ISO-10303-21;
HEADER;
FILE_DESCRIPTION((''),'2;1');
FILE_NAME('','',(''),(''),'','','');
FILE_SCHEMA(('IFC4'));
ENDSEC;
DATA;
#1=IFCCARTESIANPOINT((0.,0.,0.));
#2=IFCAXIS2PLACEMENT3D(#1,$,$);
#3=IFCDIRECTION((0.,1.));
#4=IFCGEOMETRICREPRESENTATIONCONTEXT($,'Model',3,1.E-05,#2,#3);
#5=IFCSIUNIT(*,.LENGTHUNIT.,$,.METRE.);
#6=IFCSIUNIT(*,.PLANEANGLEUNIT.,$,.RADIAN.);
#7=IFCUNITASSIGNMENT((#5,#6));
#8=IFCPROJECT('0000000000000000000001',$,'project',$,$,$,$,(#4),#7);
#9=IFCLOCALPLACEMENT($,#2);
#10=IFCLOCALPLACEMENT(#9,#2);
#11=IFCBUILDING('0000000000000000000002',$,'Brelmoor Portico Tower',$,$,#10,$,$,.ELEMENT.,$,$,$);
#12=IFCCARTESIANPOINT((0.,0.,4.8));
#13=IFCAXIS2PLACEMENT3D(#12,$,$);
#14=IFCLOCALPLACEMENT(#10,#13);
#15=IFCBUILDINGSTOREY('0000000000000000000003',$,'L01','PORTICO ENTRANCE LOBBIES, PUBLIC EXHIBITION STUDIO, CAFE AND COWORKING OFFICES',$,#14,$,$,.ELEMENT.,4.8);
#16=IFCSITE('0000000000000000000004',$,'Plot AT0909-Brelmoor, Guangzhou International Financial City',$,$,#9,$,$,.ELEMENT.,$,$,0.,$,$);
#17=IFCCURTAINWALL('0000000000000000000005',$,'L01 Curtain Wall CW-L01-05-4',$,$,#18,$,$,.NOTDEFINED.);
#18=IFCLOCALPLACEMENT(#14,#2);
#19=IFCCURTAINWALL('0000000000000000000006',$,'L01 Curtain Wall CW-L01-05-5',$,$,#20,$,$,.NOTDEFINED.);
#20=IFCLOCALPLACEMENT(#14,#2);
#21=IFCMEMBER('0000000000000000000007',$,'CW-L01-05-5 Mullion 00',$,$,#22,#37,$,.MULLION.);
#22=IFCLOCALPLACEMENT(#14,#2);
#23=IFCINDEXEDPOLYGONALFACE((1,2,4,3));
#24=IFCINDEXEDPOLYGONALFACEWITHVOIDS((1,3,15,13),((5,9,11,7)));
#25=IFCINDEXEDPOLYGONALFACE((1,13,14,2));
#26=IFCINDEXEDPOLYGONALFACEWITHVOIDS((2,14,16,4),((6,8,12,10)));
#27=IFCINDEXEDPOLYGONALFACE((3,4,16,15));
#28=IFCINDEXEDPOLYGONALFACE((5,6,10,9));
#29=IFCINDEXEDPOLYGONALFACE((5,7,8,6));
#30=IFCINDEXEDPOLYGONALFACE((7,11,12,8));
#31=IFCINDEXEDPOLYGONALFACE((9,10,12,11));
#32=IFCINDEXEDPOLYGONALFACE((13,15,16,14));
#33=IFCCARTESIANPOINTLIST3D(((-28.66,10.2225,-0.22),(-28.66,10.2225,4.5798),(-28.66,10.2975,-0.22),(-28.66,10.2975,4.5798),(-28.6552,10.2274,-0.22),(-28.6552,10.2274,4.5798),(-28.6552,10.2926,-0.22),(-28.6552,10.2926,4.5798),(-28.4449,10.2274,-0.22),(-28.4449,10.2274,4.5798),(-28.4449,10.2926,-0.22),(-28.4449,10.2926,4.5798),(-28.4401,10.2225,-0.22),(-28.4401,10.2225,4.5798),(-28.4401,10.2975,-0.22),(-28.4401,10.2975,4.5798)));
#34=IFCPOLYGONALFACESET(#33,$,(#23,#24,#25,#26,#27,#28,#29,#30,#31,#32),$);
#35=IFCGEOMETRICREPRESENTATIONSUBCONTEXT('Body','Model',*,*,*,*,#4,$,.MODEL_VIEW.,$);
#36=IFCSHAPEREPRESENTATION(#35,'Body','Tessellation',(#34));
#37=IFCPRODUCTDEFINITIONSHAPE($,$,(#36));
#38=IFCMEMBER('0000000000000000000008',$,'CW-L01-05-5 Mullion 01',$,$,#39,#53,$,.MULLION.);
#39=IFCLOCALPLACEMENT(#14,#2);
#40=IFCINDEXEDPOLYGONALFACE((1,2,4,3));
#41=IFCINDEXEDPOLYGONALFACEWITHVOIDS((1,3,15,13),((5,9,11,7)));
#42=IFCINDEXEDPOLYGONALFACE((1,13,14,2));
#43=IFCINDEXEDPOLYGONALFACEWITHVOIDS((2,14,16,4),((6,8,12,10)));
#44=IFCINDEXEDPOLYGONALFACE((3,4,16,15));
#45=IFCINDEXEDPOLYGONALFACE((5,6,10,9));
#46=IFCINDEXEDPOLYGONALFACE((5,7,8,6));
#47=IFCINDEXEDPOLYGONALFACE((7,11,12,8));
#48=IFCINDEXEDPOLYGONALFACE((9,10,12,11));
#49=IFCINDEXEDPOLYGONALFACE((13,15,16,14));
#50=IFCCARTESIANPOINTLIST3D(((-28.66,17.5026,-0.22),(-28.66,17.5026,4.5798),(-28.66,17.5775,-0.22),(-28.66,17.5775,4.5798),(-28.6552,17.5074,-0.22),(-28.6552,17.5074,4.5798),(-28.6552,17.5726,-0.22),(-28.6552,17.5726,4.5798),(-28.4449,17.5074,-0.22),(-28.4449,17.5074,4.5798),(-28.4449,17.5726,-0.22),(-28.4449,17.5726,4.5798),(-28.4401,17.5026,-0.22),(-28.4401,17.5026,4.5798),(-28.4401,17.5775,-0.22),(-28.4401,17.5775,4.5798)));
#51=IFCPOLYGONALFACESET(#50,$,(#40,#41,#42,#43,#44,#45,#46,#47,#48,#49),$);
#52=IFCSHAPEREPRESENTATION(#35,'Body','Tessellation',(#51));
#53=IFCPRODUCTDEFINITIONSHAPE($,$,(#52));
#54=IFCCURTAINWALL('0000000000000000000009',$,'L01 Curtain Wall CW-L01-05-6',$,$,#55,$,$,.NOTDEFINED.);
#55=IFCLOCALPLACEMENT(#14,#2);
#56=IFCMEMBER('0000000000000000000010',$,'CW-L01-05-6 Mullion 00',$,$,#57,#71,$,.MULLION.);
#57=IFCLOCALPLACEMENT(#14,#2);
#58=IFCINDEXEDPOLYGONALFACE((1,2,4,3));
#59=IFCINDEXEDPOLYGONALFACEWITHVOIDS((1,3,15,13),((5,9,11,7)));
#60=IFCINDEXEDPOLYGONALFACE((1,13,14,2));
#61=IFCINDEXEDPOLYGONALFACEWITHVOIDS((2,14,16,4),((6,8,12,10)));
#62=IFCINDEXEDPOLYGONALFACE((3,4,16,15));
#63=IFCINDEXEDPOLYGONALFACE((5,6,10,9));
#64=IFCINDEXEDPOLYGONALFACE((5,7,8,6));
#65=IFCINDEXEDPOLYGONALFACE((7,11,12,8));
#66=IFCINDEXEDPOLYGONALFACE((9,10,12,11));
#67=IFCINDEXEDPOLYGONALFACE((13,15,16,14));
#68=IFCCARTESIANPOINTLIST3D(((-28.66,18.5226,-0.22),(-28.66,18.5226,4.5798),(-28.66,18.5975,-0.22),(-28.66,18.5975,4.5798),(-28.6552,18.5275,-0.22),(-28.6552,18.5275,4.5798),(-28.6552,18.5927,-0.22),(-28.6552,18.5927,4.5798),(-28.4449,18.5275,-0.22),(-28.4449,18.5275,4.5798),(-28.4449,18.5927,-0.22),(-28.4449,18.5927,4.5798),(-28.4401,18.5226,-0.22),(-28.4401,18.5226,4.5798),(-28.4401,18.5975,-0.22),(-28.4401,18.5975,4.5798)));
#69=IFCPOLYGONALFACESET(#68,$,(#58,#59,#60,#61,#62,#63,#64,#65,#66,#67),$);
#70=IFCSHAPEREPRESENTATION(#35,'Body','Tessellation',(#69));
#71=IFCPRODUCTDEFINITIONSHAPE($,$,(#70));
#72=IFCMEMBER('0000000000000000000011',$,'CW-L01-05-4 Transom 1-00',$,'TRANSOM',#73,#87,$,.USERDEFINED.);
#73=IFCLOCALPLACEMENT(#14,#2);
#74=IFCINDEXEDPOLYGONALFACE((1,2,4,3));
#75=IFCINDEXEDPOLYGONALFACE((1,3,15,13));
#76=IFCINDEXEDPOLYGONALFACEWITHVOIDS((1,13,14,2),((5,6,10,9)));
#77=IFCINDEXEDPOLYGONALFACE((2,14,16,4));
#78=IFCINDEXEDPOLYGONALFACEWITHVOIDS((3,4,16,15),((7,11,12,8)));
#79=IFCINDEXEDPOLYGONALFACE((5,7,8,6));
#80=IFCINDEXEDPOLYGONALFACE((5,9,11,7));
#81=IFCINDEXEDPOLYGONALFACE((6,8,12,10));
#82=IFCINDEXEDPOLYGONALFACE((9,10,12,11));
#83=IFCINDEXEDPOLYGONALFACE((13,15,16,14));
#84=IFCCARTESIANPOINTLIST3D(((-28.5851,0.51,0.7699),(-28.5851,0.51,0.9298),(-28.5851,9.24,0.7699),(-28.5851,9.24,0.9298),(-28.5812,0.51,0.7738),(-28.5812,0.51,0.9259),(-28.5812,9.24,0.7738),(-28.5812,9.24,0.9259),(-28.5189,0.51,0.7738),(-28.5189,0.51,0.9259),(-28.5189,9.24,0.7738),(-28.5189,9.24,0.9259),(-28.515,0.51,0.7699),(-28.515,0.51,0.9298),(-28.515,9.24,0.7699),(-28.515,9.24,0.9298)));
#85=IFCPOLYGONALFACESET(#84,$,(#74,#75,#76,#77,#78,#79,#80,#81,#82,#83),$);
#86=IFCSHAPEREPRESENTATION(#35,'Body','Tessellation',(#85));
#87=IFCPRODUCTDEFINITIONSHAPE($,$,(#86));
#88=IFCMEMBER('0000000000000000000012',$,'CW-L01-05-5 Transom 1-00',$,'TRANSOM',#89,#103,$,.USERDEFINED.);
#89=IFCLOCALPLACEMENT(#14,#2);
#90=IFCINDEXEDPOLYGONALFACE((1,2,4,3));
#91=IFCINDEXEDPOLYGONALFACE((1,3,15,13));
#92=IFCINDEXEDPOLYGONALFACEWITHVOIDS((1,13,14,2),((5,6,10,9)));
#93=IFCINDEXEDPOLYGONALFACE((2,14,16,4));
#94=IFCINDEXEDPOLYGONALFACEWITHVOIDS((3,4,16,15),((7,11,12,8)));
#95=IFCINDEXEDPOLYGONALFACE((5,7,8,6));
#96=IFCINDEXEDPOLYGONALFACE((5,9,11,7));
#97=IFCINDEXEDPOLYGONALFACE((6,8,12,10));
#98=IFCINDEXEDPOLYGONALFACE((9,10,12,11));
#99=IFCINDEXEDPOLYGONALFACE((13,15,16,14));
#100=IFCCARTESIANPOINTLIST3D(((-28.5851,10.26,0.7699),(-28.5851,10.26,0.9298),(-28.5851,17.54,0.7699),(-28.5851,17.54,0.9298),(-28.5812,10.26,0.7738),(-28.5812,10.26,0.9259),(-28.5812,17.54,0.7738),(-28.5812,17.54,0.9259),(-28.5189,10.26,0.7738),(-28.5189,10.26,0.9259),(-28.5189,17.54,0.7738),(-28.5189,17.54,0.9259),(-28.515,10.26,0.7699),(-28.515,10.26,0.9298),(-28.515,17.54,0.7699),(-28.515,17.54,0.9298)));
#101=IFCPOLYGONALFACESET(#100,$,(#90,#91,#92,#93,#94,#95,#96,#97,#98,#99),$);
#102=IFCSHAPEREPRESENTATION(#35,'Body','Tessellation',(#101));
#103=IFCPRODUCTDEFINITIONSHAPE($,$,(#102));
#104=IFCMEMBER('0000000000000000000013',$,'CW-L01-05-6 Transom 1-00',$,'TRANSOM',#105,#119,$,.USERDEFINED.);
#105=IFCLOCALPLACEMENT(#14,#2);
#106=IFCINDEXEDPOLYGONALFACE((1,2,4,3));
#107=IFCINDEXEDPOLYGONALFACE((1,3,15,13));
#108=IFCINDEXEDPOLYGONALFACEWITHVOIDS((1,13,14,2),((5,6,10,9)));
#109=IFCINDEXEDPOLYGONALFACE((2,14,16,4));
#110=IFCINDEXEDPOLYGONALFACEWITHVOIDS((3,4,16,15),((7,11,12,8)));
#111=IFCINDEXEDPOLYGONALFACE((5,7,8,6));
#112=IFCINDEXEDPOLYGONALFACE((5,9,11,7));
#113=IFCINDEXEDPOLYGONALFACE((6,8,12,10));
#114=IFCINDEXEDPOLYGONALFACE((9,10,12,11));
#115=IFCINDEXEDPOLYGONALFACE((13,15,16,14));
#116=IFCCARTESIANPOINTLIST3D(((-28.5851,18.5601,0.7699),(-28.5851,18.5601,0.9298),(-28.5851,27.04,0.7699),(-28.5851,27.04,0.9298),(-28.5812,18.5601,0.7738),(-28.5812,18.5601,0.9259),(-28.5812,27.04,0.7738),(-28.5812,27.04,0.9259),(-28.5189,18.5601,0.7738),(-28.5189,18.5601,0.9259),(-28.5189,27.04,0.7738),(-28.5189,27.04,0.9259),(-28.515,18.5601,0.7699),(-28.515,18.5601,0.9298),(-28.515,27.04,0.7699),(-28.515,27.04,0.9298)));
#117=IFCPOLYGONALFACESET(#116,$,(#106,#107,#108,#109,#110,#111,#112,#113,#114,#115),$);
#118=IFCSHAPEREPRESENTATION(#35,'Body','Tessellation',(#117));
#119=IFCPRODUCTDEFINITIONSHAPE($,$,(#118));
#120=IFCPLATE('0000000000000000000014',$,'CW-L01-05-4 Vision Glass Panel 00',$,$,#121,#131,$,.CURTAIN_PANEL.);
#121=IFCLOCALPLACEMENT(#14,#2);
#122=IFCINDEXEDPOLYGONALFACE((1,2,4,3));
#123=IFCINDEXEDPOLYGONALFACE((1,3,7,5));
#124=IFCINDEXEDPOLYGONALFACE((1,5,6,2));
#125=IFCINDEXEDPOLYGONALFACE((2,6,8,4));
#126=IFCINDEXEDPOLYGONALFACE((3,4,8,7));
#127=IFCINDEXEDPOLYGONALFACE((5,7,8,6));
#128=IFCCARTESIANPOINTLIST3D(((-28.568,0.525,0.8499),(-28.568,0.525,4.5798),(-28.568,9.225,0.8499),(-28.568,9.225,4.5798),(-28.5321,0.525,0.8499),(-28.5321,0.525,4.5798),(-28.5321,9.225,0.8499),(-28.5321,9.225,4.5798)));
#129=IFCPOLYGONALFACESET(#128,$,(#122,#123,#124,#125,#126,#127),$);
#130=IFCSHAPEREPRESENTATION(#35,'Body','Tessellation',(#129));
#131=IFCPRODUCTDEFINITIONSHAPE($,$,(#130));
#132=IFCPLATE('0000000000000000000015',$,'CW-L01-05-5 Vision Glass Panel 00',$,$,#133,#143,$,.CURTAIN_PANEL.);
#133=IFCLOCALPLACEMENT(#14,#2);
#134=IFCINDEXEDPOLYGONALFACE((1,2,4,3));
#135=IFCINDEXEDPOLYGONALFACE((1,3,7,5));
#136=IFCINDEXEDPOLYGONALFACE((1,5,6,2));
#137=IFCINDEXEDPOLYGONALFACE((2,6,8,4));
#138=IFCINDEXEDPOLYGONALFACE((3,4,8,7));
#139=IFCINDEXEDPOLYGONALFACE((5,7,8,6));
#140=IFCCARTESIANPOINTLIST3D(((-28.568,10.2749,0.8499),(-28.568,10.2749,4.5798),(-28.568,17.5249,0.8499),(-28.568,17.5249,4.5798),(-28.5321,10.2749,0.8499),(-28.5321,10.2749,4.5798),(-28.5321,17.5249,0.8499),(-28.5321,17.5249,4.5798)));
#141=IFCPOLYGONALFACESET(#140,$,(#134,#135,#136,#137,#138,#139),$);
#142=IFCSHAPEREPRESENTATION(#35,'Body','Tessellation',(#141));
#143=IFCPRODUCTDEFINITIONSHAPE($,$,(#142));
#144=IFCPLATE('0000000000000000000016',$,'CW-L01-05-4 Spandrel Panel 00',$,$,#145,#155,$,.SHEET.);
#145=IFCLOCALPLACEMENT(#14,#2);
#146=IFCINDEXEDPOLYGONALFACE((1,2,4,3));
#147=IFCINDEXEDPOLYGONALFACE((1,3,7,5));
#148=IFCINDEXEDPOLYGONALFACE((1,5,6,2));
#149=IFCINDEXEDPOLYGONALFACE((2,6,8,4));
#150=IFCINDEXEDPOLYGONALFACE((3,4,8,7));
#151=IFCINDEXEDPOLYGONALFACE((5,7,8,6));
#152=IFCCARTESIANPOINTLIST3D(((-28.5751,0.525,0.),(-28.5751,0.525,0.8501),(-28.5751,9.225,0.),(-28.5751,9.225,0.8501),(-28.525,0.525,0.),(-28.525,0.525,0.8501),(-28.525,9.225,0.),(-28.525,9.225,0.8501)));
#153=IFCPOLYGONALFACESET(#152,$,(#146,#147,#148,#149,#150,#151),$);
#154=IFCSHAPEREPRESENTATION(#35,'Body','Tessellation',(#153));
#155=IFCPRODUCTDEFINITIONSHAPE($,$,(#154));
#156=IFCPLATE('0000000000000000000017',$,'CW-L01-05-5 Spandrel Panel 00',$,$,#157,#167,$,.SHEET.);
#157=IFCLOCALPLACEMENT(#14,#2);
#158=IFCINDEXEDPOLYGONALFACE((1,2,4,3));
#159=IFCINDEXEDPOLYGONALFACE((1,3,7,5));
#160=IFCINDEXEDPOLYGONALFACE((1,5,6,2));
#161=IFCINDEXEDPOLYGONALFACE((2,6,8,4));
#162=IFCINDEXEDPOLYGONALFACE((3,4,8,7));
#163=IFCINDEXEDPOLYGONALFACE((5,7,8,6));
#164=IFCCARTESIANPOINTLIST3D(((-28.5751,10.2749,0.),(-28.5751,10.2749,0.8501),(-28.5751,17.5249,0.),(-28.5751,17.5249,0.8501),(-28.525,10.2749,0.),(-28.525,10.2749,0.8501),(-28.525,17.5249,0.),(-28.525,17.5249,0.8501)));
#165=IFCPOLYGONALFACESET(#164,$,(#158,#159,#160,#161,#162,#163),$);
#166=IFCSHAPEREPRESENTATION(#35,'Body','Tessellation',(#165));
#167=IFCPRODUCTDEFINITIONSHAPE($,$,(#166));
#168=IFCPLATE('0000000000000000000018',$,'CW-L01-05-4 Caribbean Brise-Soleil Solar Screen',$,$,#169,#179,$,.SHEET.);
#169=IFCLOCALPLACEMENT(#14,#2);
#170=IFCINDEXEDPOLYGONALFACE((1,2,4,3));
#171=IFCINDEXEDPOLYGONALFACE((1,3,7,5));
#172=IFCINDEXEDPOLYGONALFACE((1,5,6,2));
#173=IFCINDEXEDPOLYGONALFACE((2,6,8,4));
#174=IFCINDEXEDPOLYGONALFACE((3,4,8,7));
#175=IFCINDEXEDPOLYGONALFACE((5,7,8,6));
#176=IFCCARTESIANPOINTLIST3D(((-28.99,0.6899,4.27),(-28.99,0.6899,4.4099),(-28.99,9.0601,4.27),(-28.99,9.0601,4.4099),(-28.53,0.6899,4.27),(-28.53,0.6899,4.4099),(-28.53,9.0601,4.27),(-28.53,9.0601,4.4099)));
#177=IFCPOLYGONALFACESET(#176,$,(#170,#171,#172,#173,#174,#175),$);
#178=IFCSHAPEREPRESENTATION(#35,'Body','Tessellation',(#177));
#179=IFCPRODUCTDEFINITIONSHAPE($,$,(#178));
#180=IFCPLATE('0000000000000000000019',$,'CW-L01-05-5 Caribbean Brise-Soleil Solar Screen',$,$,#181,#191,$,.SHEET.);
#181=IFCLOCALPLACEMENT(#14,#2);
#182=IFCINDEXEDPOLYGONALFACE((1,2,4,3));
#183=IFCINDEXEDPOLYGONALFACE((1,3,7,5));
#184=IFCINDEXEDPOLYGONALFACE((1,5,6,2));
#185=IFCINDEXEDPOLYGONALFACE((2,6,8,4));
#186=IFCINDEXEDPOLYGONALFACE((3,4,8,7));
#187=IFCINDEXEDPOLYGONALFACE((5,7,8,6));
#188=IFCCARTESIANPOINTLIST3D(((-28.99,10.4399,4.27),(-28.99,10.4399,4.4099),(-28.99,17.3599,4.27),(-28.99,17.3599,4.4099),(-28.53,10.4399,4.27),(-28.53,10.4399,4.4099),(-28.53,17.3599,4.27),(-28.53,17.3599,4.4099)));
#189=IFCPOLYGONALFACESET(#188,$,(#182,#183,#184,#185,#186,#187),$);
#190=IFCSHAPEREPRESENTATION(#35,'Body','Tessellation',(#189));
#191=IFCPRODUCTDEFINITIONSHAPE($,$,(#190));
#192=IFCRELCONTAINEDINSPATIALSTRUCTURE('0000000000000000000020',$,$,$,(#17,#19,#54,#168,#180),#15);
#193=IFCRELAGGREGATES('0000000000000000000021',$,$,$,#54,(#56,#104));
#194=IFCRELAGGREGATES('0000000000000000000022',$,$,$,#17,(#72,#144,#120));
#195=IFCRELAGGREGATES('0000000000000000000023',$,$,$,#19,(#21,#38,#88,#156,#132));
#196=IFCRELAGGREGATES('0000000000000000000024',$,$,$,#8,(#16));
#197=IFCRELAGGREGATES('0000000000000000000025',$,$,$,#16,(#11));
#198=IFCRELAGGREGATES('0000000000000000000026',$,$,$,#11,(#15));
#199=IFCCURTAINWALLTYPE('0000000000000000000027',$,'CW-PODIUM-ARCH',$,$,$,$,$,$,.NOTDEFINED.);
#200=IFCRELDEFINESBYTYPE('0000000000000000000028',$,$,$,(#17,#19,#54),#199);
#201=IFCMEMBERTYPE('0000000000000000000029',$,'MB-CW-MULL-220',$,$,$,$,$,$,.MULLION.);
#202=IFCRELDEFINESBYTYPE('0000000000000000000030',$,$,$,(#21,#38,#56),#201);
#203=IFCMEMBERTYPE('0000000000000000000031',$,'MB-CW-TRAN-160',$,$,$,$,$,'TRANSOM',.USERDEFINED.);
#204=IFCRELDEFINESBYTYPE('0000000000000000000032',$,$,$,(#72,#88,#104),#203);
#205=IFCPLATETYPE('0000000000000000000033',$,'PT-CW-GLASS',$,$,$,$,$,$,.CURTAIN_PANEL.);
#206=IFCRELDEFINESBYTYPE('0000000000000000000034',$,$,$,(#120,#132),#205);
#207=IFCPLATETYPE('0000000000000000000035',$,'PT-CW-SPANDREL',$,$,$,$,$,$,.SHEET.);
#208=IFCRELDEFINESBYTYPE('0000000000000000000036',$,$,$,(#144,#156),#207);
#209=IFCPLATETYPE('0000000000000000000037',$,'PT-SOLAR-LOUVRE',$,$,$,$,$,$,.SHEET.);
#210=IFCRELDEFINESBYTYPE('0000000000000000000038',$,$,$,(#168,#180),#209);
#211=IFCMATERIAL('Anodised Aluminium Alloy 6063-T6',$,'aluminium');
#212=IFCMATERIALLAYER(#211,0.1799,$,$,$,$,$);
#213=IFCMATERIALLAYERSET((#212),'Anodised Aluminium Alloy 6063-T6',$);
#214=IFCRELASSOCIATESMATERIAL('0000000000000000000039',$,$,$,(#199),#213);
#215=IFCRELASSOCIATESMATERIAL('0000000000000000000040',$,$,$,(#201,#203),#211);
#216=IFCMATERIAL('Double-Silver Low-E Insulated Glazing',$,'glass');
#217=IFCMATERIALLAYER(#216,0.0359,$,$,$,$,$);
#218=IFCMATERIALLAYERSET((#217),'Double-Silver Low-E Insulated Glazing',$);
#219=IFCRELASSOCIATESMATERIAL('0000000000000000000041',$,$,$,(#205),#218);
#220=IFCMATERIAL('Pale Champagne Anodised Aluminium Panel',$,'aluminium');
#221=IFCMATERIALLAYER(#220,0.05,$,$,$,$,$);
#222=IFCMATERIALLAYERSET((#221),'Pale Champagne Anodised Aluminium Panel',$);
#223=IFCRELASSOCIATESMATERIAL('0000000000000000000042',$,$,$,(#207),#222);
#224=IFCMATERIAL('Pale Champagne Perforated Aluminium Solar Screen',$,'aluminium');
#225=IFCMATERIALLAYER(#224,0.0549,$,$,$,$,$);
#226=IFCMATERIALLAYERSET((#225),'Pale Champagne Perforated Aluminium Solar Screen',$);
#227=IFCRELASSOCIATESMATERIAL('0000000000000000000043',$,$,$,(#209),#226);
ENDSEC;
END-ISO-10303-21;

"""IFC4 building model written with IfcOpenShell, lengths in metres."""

from ifc_helpers import new_model, si_unit, direction, frame, origin, origin_2d, place, context, subcontext, project, spatial, rectangle, hollow_rectangle, extrude, material, layer, layer_set, material_profile, profile_set, type_object, element, aggregate, save


model = new_model("IFC4")

# Units and contexts
model_context = context("Model", 3, precision=1e-05, world=origin(), true_north=direction((0.0, 1.0)))
body_context = subcontext(model_context, "Body", "Model", "MODEL_VIEW")
ifc_project = project(units=[si_unit("LENGTHUNIT", "METRE"), si_unit("PLANEANGLEUNIT", "RADIAN")], contexts=[model_context])

# Site, building, storey
site_placement = place(None, origin())
site = spatial("IfcSite", under=ifc_project, at=site_placement, Name="Plot AT0909-Brelmoor, Guangzhou International Financial City", CompositionType="ELEMENT", RefElevation=0.0)
building_placement = place(site_placement, origin())
building = spatial("IfcBuilding", under=site, at=building_placement, Name="Brelmoor Portico Tower", CompositionType="ELEMENT")
storey_placement = place(building_placement, frame((0.0, 0.0, 4.8)))
storey = spatial("IfcBuildingStorey", under=building, at=storey_placement, Name="L01", Description="PORTICO ENTRANCE LOBBIES, PUBLIC EXHIBITION STUDIO, CAFE AND COWORKING OFFICES", CompositionType="ELEMENT", Elevation=4.8)

# Curtain walls, members
ifc_material_1 = material(Name="Anodised Aluminium Alloy 6063-T6", Category="aluminium")
ifc_layer_1 = layer(ifc_material_1, 0.1799)
ifc_layer_set_1 = layer_set([ifc_layer_1], Name="Anodised Aluminium Alloy 6063-T6")
curtain_wall_type = type_object("IfcCurtainWallType", Name="CW-PODIUM-ARCH", PredefinedType="NOTDEFINED", material=ifc_layer_set_1)
curtain_wall_1_placement = place(storey_placement, origin())
curtain_wall_1 = element("IfcCurtainWall", 1, at=curtain_wall_1_placement, inside=storey, type_object=curtain_wall_type, Name="L01 Curtain Wall CW-L01-05-4", PredefinedType="NOTDEFINED")
ifc_material_profile_1 = material_profile(ifc_material_1, hollow_rectangle(XDim=0.075, YDim=0.22, WallThickness=0.0049, at=origin_2d()), Name="ALU MULLION 75x220")
ifc_profile_set_1 = profile_set([ifc_material_profile_1], Name="Anodised Aluminium Alloy 6063-T6")
member_type_1 = type_object("IfcMemberType", Name="MB-CW-MULL-220", PredefinedType="MULLION", material=ifc_profile_set_1)
curtain_wall_2_placement = place(storey_placement, origin())
curtain_wall_2 = element("IfcCurtainWall", 2, at=curtain_wall_2_placement, inside=storey, type_object=curtain_wall_type, Name="L01 Curtain Wall CW-L01-05-5", PredefinedType="NOTDEFINED")
member_1_placement = place(storey_placement, frame((-28.55, 10.26, -0.22), z_axis=(0.0, 0.0, 1.0), x_axis=(0.0, 1.0, 0.0)))
member_1 = element("IfcMember", 3, at=member_1_placement, type_object=member_type_1, Name="CW-L01-05-5 Mullion 00", PredefinedType="MULLION", context=body_context, shape_type="SweptSolid", body=[
    extrude(hollow_rectangle(XDim=0.075, YDim=0.22, WallThickness=0.0049, at=origin_2d()), origin(), (0.0, 0.0, 1.0), 4.7998),
])
member_2_placement = place(storey_placement, frame((-28.55, 17.54, -0.22), z_axis=(0.0, 0.0, 1.0), x_axis=(0.0, 1.0, 0.0)))
member_2 = element("IfcMember", 4, at=member_2_placement, type_object=member_type_1, Name="CW-L01-05-5 Mullion 01", PredefinedType="MULLION", context=body_context, shape_type="SweptSolid", body=[
    extrude(hollow_rectangle(XDim=0.075, YDim=0.22, WallThickness=0.0049, at=origin_2d()), origin(), (0.0, 0.0, 1.0), 4.7998),
])

# Curtain wall, member
curtain_wall_3_placement = place(storey_placement, origin())
curtain_wall_3 = element("IfcCurtainWall", 5, at=curtain_wall_3_placement, inside=storey, type_object=curtain_wall_type, Name="L01 Curtain Wall CW-L01-05-6", PredefinedType="NOTDEFINED")
member_3_placement = place(storey_placement, frame((-28.55, 18.5601, -0.22), z_axis=(0.0, 0.0, 1.0), x_axis=(0.0, 1.0, 0.0)))
member_3 = element("IfcMember", 6, at=member_3_placement, type_object=member_type_1, Name="CW-L01-05-6 Mullion 00", PredefinedType="MULLION", context=body_context, shape_type="SweptSolid", body=[
    extrude(hollow_rectangle(XDim=0.075, YDim=0.22, WallThickness=0.0049, at=origin_2d()), origin(), (0.0, 0.0, 1.0), 4.7998),
])

# Members
ifc_material_profile_2 = material_profile(ifc_material_1, hollow_rectangle(XDim=0.0701, YDim=0.1599, WallThickness=0.0039, at=origin_2d()), Name="ALU TRANSOM 70x160")
ifc_profile_set_2 = profile_set([ifc_material_profile_2], Name="Anodised Aluminium Alloy 6063-T6")
member_type_2 = type_object("IfcMemberType", Name="MB-CW-TRAN-160", ElementType="TRANSOM", PredefinedType="USERDEFINED", material=ifc_profile_set_2)
member_4_placement = place(storey_placement, frame((-28.55, 0.51, 0.8499), z_axis=(0.0, 1.0, 0.0), x_axis=(-1.0, 0.0, 0.0)))
member_4 = element("IfcMember", 7, at=member_4_placement, type_object=member_type_2, Name="CW-L01-05-4 Transom 1-00", ObjectType="TRANSOM", PredefinedType="USERDEFINED", context=body_context, shape_type="SweptSolid", body=[
    extrude(hollow_rectangle(XDim=0.0701, YDim=0.1599, WallThickness=0.0039, at=origin_2d()), origin(), (0.0, 0.0, 1.0), 8.73),
])
member_5_placement = place(storey_placement, frame((-28.55, 10.26, 0.8499), z_axis=(0.0, 1.0, 0.0), x_axis=(-1.0, 0.0, 0.0)))
member_5 = element("IfcMember", 8, at=member_5_placement, type_object=member_type_2, Name="CW-L01-05-5 Transom 1-00", ObjectType="TRANSOM", PredefinedType="USERDEFINED", context=body_context, shape_type="SweptSolid", body=[
    extrude(hollow_rectangle(XDim=0.0701, YDim=0.1599, WallThickness=0.0039, at=origin_2d()), origin(), (0.0, 0.0, 1.0), 7.28),
])
member_6_placement = place(storey_placement, frame((-28.55, 18.5601, 0.8499), z_axis=(0.0, 1.0, 0.0), x_axis=(-1.0, 0.0, 0.0)))
member_6 = element("IfcMember", 9, at=member_6_placement, type_object=member_type_2, Name="CW-L01-05-6 Transom 1-00", ObjectType="TRANSOM", PredefinedType="USERDEFINED", context=body_context, shape_type="SweptSolid", body=[
    extrude(hollow_rectangle(XDim=0.0701, YDim=0.1599, WallThickness=0.0039, at=origin_2d()), origin(), (0.0, 0.0, 1.0), 8.48),
])
aggregate(curtain_wall_3, [member_3, member_6])

# Plates
ifc_material_2 = material(Name="Double-Silver Low-E Insulated Glazing", Category="glass")
ifc_layer_2 = layer(ifc_material_2, 0.0359)
ifc_layer_set_2 = layer_set([ifc_layer_2], Name="Double-Silver Low-E Insulated Glazing")
plate_type_1 = type_object("IfcPlateType", Name="PT-CW-GLASS", PredefinedType="CURTAIN_PANEL", material=ifc_layer_set_2)
plate_1_placement = place(storey_placement, frame((-28.55, 4.875, 0.8499), z_axis=(0.0, 0.0, 1.0), x_axis=(0.0, 1.0, 0.0)))
plate_1 = element("IfcPlate", 10, at=plate_1_placement, type_object=plate_type_1, Name="CW-L01-05-4 Vision Glass Panel 00", PredefinedType="CURTAIN_PANEL", context=body_context, shape_type="SweptSolid", body=[
    extrude(rectangle(XDim=8.7, YDim=0.0359, at=origin_2d()), origin(), (0.0, 0.0, 1.0), 3.73),
])
plate_2_placement = place(storey_placement, frame((-28.55, 13.8999, 0.8499), z_axis=(0.0, 0.0, 1.0), x_axis=(0.0, 1.0, 0.0)))
plate_2 = element("IfcPlate", 11, at=plate_2_placement, type_object=plate_type_1, Name="CW-L01-05-5 Vision Glass Panel 00", PredefinedType="CURTAIN_PANEL", context=body_context, shape_type="SweptSolid", body=[
    extrude(rectangle(XDim=7.25, YDim=0.0359, at=origin_2d()), origin(), (0.0, 0.0, 1.0), 3.73),
])
ifc_material_3 = material(Name="Pale Champagne Anodised Aluminium Panel", Category="aluminium")
ifc_layer_3 = layer(ifc_material_3, 0.05)
ifc_layer_set_3 = layer_set([ifc_layer_3], Name="Pale Champagne Anodised Aluminium Panel")
plate_type_2 = type_object("IfcPlateType", Name="PT-CW-SPANDREL", PredefinedType="SHEET", material=ifc_layer_set_3)
plate_3_placement = place(storey_placement, frame((-28.55, 4.875, 0.0), z_axis=(0.0, 0.0, 1.0), x_axis=(0.0, 1.0, 0.0)))
plate_3 = element("IfcPlate", 12, at=plate_3_placement, type_object=plate_type_2, Name="CW-L01-05-4 Spandrel Panel 00", PredefinedType="SHEET", context=body_context, shape_type="SweptSolid", body=[
    extrude(rectangle(XDim=8.7, YDim=0.05, at=origin_2d()), origin(), (0.0, 0.0, 1.0), 0.8501),
])
aggregate(curtain_wall_1, [member_4, plate_3, plate_1])
plate_4_placement = place(storey_placement, frame((-28.55, 13.8999, 0.0), z_axis=(0.0, 0.0, 1.0), x_axis=(0.0, 1.0, 0.0)))
plate_4 = element("IfcPlate", 13, at=plate_4_placement, type_object=plate_type_2, Name="CW-L01-05-5 Spandrel Panel 00", PredefinedType="SHEET", context=body_context, shape_type="SweptSolid", body=[
    extrude(rectangle(XDim=7.25, YDim=0.05, at=origin_2d()), origin(), (0.0, 0.0, 1.0), 0.8501),
])
aggregate(curtain_wall_2, [member_1, member_2, member_5, plate_4, plate_2])

# Plates
ifc_material_4 = material(Name="Pale Champagne Perforated Aluminium Solar Screen", Category="aluminium")
ifc_layer_4 = layer(ifc_material_4, 0.0549)
ifc_layer_set_4 = layer_set([ifc_layer_4], Name="Pale Champagne Perforated Aluminium Solar Screen")
plate_type_3 = type_object("IfcPlateType", Name="PT-SOLAR-LOUVRE", PredefinedType="SHEET", material=ifc_layer_set_4)
plate_5_placement = place(storey_placement, frame((-28.76, 4.875, 4.27), z_axis=(0.0, 0.0, 1.0), x_axis=(0.0, 1.0, 0.0)))
element("IfcPlate", 14, at=plate_5_placement, inside=storey, type_object=plate_type_3, Name="CW-L01-05-4 Caribbean Brise-Soleil Solar Screen", PredefinedType="SHEET", context=body_context, shape_type="SweptSolid", body=[
    extrude(rectangle(XDim=8.3701, YDim=0.46, at=origin_2d()), origin(), (0.0, 0.0, 1.0), 0.1399),
])
plate_6_placement = place(storey_placement, frame((-28.76, 13.8999, 4.27), z_axis=(0.0, 0.0, 1.0), x_axis=(0.0, 1.0, 0.0)))
element("IfcPlate", 15, at=plate_6_placement, inside=storey, type_object=plate_type_3, Name="CW-L01-05-5 Caribbean Brise-Soleil Solar Screen", PredefinedType="SHEET", context=body_context, shape_type="SweptSolid", body=[
    extrude(rectangle(XDim=6.9199, YDim=0.46, at=origin_2d()), origin(), (0.0, 0.0, 1.0), 0.1399),
])

save(model, "model.ifc")
